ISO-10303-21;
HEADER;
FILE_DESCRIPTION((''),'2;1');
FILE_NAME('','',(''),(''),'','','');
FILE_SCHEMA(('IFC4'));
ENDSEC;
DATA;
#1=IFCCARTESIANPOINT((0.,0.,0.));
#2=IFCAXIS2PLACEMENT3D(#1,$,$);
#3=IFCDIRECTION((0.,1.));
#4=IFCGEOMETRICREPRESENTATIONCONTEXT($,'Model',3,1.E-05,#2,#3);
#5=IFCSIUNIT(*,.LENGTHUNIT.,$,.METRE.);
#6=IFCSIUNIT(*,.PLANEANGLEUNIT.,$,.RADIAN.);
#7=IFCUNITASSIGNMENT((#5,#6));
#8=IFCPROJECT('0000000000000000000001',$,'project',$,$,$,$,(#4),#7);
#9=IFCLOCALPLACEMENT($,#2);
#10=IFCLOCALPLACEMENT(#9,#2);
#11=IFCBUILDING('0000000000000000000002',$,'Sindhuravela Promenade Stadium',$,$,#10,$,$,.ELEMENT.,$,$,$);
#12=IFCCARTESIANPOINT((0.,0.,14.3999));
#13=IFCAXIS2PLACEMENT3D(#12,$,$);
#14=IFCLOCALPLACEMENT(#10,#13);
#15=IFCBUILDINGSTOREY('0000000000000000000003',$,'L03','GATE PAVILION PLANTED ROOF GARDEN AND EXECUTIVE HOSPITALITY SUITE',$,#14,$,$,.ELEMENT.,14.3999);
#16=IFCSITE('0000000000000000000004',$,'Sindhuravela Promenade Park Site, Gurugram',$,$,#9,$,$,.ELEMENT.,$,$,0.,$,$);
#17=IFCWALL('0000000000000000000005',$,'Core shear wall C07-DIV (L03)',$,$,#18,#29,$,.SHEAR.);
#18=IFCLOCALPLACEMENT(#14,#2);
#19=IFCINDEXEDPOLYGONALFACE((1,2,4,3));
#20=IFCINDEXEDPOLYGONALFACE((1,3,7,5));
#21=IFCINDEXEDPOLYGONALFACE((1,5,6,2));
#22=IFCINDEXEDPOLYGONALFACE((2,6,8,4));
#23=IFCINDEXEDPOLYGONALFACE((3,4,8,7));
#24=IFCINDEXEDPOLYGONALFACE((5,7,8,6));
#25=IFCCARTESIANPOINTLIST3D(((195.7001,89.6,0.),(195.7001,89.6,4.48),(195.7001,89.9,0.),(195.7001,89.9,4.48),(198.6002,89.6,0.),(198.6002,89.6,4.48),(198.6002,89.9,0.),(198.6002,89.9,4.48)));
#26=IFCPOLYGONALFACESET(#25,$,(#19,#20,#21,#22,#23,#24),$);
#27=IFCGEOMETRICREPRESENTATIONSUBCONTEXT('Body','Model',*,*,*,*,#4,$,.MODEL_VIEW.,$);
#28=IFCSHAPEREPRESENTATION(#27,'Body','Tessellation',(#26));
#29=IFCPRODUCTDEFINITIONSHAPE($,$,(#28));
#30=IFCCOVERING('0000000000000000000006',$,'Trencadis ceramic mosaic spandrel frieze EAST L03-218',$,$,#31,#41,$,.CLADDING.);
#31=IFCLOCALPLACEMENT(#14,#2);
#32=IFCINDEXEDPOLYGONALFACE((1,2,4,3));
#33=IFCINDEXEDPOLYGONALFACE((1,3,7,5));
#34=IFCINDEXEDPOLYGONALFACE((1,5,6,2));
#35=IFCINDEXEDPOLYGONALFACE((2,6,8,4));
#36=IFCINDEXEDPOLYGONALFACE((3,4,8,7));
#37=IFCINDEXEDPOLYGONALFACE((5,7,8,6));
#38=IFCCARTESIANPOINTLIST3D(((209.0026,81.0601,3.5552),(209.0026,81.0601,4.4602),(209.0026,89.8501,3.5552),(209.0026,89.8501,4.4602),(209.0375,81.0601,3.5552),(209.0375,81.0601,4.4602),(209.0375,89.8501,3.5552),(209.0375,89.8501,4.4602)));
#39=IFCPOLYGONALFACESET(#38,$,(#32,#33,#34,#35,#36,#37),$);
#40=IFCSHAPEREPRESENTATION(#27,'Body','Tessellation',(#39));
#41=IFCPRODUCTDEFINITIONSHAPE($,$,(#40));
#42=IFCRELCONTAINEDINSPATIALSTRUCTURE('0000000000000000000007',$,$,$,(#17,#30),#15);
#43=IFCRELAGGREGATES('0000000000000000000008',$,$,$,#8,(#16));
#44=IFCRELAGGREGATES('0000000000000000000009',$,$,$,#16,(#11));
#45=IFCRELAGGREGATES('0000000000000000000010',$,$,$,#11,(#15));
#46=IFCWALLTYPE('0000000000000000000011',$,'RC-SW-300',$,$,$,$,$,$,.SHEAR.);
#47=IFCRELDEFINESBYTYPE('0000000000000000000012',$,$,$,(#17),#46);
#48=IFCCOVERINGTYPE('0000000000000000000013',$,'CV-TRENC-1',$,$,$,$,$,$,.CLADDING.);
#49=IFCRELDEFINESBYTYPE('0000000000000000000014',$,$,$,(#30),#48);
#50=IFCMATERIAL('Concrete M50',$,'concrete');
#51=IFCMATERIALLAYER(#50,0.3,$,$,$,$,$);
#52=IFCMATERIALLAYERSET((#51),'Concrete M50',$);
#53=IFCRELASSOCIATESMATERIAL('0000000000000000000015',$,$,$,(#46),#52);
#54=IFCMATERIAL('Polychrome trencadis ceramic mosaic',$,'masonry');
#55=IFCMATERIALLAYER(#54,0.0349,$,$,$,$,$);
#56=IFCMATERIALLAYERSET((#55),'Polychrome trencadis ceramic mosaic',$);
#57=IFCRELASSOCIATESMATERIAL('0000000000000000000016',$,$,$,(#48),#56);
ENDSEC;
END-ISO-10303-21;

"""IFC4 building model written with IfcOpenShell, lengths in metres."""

from ifc_helpers import new_model, si_unit, direction, frame, frame_2d, origin, origin_2d, place, context, subcontext, project, spatial, rectangle, extrude, material, layer, layer_set, type_object, element, save


model = new_model("IFC4")

# Units and contexts
model_context = context("Model", 3, precision=1e-05, world=origin(), true_north=direction((0.0, 1.0)))
body_context = subcontext(model_context, "Body", "Model", "MODEL_VIEW")
ifc_project = project(units=[si_unit("LENGTHUNIT", "METRE"), si_unit("PLANEANGLEUNIT", "RADIAN")], contexts=[model_context])

# Site, building, storey
site_placement = place(None, origin())
site = spatial("IfcSite", under=ifc_project, at=site_placement, Name="Sindhuravela Promenade Park Site, Gurugram", CompositionType="ELEMENT", RefElevation=0.0)
building_placement = place(site_placement, origin())
building = spatial("IfcBuilding", under=site, at=building_placement, Name="Sindhuravela Promenade Stadium", CompositionType="ELEMENT")
storey_placement = place(building_placement, frame((0.0, 0.0, 14.3999)))
storey = spatial("IfcBuildingStorey", under=building, at=storey_placement, Name="L03", Description="GATE PAVILION PLANTED ROOF GARDEN AND EXECUTIVE HOSPITALITY SUITE", CompositionType="ELEMENT", Elevation=14.3999)

# Shared definitions
ifc_material_1 = material(Name="Concrete M50", Category="concrete")
ifc_layer_1 = layer(ifc_material_1, 0.3)
ifc_layer_set_1 = layer_set([ifc_layer_1], Name="Concrete M50")
wall_type_1 = type_object("IfcWallType", Name="RC-SW-300", PredefinedType="SHEAR", material=ifc_layer_set_1)

# Wall
wall_1_placement = place(storey_placement, frame((195.7, 89.75, 0.0), z_axis=(0.0, 0.0, 1.0), x_axis=(1.0, 0.0, 0.0)))
element("IfcWall", 1, at=wall_1_placement, inside=storey, type_object=wall_type_1, Name="Core shear wall C07-DIV (L03)", PredefinedType="SHEAR", context=body_context, shape_type="SweptSolid", body=[
    extrude(rectangle(XDim=2.9001, YDim=0.3, at=frame_2d((1.4502, 0.0))), origin(), (0.0, 0.0, 1.0), 4.48),
])

# Covering
ifc_material_2 = material(Name="Polychrome trencadis ceramic mosaic", Category="masonry")
ifc_layer_2 = layer(ifc_material_2, 0.0349)
ifc_layer_set_2 = layer_set([ifc_layer_2], Name="Polychrome trencadis ceramic mosaic")
covering_type = type_object("IfcCoveringType", Name="CV-TRENC-1", PredefinedType="CLADDING", material=ifc_layer_set_2)
covering_placement = place(storey_placement, frame((209.02, 85.4551, 3.5552), z_axis=(0.0, 0.0, 1.0), x_axis=(0.0, -1.0, 0.0)))
element("IfcCovering", 2, at=covering_placement, inside=storey, type_object=covering_type, Name="Trencadis ceramic mosaic spandrel frieze EAST L03-218", PredefinedType="CLADDING", context=body_context, shape_type="SweptSolid", body=[
    extrude(rectangle(XDim=8.79, YDim=0.0349, at=origin_2d()), origin(), (0.0, 0.0, 1.0), 0.905),
])

save(model, "model.ifc")
